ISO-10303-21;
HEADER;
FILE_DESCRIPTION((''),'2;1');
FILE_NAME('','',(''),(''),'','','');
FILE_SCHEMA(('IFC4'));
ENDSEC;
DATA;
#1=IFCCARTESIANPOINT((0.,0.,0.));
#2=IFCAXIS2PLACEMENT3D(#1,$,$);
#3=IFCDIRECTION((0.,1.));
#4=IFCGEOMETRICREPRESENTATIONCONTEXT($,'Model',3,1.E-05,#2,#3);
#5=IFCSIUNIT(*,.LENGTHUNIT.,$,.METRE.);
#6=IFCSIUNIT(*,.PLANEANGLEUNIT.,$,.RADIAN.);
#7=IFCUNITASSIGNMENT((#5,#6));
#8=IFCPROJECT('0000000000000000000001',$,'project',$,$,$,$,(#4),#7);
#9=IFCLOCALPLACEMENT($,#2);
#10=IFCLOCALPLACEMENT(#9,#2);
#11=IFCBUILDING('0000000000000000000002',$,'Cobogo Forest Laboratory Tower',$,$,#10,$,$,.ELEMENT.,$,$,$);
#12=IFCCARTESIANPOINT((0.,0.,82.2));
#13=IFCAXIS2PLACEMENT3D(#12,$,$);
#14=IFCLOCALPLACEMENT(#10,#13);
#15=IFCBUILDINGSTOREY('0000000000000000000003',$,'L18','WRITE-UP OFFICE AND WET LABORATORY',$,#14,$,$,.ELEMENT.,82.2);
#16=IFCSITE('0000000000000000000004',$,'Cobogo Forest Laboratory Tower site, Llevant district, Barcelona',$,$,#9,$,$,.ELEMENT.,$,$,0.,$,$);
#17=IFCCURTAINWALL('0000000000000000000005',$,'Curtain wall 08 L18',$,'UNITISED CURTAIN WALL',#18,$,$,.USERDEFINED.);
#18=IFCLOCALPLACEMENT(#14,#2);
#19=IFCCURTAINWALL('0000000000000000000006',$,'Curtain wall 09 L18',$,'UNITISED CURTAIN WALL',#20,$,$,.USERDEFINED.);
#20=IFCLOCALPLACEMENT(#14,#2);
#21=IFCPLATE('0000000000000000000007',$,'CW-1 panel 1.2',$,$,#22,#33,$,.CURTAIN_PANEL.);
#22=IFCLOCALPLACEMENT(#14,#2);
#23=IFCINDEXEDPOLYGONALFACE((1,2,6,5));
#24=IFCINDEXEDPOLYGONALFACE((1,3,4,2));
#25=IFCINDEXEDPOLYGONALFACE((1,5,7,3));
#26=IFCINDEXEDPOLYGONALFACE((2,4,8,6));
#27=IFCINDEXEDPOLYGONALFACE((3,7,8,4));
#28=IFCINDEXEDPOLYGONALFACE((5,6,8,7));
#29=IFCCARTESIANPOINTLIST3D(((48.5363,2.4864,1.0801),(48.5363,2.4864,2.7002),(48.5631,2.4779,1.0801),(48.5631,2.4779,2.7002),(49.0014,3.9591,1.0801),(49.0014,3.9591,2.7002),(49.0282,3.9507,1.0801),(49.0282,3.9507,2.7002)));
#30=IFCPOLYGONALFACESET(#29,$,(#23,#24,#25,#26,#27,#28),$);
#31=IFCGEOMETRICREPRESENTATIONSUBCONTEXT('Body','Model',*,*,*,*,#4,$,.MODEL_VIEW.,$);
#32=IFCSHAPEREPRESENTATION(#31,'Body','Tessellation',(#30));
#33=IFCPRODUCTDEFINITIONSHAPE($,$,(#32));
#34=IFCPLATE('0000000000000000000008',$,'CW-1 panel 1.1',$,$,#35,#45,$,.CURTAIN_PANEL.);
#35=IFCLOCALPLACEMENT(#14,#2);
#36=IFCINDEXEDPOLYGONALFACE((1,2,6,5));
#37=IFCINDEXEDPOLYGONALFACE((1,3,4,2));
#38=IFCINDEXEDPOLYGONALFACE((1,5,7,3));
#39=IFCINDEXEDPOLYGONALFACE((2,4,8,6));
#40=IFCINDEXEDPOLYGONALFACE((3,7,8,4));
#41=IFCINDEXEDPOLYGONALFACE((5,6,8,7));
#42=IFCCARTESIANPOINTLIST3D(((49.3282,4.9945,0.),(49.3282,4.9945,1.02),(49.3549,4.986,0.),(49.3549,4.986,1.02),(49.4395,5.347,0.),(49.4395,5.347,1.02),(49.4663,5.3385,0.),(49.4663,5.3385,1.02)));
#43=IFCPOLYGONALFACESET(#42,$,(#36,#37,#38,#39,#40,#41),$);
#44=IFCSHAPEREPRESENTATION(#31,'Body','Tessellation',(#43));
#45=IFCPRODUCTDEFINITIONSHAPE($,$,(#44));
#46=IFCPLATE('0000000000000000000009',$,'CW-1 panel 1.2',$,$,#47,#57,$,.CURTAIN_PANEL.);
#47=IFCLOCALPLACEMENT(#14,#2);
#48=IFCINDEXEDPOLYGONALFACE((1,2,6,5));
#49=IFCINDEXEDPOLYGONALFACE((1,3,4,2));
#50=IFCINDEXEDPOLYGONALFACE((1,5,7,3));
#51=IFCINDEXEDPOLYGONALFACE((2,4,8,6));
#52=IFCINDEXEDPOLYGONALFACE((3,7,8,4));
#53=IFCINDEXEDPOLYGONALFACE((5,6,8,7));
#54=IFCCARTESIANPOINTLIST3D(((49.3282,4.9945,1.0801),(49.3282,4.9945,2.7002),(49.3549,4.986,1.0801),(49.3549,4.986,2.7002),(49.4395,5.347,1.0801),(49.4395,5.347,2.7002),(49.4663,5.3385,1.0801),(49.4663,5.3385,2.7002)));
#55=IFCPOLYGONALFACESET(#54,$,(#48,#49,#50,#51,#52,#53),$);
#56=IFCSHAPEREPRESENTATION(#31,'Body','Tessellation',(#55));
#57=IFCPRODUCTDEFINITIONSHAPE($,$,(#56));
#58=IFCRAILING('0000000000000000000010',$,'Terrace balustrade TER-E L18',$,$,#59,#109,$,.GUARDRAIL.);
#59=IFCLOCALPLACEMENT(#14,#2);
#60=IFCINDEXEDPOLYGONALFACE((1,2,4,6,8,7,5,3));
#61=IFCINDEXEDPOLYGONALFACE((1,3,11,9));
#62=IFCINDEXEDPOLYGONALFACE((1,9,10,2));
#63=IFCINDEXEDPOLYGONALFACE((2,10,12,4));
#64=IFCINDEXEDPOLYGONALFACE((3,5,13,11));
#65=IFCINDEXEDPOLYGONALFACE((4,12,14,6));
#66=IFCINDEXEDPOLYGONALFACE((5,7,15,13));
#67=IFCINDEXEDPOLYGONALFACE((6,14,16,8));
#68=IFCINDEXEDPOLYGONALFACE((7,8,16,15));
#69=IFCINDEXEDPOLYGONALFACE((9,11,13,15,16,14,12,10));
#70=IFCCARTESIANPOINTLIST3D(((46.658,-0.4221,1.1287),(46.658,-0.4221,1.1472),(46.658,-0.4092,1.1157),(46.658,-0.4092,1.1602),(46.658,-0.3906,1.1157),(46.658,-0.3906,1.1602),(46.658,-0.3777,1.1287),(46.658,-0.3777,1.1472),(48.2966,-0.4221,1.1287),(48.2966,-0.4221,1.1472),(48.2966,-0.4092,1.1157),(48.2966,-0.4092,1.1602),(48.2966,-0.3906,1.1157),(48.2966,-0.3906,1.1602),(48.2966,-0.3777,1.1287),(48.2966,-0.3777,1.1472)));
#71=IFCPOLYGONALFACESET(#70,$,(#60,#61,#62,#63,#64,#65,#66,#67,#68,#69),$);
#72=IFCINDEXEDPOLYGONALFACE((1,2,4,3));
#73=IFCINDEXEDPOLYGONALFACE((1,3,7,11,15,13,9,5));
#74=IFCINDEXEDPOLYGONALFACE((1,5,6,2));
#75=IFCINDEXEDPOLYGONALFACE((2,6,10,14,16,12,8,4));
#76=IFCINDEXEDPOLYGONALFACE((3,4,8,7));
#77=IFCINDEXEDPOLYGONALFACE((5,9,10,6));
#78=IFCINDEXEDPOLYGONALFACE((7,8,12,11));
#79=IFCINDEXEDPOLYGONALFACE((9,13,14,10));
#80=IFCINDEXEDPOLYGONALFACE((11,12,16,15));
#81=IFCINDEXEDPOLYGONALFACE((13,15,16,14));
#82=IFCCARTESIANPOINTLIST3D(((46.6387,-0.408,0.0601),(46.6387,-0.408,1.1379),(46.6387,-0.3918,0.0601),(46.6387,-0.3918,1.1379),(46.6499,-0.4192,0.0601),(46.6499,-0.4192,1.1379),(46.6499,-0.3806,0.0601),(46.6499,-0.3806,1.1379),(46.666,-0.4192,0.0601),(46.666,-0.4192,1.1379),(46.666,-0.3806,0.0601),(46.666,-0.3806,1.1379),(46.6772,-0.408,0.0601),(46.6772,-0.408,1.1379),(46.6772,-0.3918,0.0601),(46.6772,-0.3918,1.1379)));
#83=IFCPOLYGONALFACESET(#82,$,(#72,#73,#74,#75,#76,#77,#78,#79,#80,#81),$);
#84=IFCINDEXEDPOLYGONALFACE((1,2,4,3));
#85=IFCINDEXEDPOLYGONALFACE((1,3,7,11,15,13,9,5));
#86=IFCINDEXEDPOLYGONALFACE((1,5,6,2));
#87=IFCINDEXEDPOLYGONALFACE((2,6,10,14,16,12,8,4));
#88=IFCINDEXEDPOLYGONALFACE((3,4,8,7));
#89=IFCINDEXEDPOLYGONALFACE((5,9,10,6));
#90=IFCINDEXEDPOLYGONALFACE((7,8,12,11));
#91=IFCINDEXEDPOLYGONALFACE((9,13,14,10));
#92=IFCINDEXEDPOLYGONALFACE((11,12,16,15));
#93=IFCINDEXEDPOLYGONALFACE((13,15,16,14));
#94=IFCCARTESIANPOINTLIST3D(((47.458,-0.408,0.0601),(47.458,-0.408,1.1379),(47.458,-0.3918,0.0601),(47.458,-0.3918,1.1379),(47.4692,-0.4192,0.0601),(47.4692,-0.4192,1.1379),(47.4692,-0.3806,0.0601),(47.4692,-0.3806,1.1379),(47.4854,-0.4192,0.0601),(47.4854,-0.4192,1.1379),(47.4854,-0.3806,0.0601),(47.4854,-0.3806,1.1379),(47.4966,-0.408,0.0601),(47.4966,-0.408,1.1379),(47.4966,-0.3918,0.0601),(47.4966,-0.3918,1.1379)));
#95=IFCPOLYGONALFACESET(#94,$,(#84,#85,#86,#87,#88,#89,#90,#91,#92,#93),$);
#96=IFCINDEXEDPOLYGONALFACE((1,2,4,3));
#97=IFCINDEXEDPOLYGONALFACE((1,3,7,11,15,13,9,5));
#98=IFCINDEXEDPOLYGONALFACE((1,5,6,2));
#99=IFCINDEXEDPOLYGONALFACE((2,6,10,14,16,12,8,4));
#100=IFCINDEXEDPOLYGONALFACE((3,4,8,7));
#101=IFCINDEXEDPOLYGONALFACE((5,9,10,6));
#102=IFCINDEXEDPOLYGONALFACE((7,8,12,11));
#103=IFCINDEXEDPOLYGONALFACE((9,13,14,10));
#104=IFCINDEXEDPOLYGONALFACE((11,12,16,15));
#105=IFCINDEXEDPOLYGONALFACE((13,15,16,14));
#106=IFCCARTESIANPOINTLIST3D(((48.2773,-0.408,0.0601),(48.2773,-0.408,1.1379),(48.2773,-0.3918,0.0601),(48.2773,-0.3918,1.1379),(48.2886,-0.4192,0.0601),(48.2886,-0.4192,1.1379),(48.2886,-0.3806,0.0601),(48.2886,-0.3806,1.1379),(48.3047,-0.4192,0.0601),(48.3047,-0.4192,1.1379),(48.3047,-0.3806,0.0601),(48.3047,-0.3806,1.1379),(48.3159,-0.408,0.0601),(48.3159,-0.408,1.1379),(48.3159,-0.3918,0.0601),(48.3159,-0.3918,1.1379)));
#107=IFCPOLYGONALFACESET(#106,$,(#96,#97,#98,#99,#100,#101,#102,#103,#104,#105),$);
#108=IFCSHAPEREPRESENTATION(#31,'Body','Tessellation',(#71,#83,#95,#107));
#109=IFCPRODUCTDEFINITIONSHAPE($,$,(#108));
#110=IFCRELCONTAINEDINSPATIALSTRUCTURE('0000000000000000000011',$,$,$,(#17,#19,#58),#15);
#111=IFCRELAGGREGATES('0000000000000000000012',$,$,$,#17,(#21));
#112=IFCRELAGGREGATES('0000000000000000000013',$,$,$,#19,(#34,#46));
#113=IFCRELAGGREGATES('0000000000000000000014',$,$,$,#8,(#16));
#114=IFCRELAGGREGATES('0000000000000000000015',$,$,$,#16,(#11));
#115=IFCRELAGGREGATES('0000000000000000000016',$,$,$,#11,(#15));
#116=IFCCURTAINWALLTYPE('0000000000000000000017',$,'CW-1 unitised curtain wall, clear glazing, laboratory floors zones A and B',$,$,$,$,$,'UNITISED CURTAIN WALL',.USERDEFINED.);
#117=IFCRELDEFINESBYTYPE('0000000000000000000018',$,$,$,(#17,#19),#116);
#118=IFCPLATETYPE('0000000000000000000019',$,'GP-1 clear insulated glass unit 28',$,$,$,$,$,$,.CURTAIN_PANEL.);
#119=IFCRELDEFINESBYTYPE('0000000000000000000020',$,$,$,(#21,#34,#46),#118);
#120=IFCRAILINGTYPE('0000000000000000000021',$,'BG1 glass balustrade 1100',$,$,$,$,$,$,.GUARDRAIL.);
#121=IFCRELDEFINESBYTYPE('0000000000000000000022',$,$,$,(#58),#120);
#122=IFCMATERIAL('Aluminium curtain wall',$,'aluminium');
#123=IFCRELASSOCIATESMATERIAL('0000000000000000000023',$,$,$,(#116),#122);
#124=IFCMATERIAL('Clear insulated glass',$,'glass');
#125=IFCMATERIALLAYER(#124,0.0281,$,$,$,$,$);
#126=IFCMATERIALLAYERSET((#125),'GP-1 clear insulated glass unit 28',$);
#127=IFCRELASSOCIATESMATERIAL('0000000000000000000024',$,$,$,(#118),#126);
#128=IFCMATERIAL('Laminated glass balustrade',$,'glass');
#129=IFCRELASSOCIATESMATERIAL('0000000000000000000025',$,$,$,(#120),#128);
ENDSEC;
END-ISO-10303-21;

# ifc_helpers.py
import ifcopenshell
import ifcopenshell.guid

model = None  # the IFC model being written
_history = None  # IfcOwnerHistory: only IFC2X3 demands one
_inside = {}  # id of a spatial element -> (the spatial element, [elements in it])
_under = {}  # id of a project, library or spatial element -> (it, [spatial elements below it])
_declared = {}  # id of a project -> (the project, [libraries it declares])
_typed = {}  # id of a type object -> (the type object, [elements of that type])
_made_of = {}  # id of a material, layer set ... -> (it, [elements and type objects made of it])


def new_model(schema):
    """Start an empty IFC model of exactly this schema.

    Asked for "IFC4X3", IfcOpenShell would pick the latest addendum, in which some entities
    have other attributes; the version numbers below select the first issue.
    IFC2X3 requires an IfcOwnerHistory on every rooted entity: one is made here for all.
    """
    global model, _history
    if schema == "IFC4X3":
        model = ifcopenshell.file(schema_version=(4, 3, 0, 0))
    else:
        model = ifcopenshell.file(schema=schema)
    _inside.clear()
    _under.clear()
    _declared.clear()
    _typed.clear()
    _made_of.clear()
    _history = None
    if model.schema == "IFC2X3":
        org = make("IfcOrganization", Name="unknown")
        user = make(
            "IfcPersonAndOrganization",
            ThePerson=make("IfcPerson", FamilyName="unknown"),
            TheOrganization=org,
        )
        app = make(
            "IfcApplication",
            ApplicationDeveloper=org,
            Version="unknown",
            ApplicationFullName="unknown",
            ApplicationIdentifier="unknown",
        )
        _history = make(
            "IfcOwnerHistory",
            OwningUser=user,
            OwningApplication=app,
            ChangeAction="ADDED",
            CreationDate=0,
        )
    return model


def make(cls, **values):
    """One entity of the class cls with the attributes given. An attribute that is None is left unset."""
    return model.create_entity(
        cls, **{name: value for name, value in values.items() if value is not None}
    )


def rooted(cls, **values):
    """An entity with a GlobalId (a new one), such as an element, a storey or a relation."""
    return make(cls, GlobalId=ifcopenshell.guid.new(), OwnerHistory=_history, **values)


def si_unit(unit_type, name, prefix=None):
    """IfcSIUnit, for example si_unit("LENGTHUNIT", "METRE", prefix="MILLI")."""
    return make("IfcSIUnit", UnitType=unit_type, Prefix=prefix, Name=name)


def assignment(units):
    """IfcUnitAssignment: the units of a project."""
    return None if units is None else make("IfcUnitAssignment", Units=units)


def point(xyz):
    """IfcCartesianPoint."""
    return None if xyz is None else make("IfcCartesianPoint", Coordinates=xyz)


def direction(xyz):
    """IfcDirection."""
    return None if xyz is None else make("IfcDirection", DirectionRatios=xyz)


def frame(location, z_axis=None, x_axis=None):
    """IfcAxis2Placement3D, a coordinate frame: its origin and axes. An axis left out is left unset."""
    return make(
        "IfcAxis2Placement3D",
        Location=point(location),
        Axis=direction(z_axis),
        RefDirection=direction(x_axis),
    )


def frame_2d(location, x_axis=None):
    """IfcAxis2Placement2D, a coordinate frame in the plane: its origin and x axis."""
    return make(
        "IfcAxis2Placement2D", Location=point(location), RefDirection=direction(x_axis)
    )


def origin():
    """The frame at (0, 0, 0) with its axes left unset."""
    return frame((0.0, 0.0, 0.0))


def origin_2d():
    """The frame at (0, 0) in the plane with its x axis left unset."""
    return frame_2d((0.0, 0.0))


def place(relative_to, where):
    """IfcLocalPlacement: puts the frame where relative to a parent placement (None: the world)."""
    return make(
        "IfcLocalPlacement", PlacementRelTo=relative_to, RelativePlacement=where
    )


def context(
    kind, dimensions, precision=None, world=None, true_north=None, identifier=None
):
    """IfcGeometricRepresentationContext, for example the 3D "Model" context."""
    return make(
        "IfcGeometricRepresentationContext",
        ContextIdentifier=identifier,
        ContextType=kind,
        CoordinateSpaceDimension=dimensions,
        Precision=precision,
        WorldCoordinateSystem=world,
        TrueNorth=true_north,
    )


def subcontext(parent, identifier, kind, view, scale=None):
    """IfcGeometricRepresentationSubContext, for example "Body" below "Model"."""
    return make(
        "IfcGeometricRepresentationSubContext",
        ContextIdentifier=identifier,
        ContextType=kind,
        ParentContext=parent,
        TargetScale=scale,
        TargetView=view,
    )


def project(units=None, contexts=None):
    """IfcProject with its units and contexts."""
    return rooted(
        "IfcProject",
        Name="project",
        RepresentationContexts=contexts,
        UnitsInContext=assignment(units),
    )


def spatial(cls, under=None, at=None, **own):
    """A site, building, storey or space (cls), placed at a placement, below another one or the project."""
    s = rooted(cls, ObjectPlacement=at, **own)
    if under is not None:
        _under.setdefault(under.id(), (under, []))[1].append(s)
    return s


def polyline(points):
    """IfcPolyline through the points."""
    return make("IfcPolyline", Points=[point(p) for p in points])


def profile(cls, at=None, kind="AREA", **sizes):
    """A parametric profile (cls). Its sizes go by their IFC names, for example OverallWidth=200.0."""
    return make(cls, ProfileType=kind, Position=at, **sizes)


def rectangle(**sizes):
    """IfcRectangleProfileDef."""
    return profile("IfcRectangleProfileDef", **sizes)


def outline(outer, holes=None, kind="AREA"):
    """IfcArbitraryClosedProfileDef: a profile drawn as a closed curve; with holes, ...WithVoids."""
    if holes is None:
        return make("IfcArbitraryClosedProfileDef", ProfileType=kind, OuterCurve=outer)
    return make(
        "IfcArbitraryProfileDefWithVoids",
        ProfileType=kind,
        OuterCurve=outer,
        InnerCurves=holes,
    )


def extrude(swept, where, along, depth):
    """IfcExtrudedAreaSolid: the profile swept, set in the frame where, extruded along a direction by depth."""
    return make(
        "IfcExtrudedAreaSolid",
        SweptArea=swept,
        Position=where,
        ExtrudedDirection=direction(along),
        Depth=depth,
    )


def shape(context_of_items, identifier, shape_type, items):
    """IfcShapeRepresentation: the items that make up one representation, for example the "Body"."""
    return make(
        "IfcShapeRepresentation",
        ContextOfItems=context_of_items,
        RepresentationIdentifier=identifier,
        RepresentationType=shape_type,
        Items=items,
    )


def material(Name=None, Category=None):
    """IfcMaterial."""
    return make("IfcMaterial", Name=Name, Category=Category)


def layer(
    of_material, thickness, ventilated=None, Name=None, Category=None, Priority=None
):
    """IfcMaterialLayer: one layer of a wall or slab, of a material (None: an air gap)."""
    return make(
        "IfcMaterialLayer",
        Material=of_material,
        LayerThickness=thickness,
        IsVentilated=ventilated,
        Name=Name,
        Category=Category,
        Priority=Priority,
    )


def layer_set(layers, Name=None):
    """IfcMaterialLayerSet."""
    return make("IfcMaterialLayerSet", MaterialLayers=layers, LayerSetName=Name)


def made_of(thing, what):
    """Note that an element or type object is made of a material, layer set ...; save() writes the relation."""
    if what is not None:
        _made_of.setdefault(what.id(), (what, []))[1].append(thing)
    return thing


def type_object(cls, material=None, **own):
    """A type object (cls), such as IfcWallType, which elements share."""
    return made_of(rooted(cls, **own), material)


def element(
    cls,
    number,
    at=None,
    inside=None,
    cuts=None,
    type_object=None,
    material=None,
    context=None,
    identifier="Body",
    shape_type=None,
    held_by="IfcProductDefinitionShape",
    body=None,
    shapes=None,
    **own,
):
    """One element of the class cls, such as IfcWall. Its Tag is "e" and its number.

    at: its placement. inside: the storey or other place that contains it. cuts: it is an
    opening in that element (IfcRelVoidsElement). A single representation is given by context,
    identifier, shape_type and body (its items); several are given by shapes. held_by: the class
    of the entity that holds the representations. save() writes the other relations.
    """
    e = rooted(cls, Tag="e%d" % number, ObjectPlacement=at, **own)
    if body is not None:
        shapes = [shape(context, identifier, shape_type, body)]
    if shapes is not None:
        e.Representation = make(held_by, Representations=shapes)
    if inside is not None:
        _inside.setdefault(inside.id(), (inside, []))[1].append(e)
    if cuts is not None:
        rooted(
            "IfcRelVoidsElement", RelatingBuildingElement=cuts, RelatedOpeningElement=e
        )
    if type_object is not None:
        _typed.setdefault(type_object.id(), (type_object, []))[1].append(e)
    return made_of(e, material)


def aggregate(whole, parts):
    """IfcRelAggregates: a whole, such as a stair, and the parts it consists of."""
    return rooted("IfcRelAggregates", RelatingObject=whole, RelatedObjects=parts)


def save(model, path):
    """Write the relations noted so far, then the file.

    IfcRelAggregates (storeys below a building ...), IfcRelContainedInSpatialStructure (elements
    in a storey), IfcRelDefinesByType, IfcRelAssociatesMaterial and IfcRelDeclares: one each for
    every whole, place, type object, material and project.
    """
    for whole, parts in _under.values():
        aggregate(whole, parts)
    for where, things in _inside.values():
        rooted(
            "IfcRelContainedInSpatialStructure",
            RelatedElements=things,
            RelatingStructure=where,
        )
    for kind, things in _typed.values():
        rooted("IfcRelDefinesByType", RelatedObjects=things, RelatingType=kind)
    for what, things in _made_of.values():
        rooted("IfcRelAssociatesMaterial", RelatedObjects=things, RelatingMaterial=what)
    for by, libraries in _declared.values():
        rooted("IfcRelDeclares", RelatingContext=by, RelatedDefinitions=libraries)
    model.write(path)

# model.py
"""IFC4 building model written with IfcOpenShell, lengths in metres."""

from ifc_helpers import new_model, si_unit, direction, frame, origin, origin_2d, place, context, subcontext, project, spatial, polyline, rectangle, outline, extrude, material, layer, layer_set, type_object, element, aggregate, save


model = new_model("IFC4")

# Units and contexts
model_context = context("Model", 3, precision=1e-05, world=origin(), true_north=direction((0.0, 1.0)))
body_context = subcontext(model_context, "Body", "Model", "MODEL_VIEW")
ifc_project = project(units=[si_unit("LENGTHUNIT", "METRE"), si_unit("PLANEANGLEUNIT", "RADIAN")], contexts=[model_context])

# Site, building, storey
site_placement = place(None, origin())
site = spatial("IfcSite", under=ifc_project, at=site_placement, Name="Cobogo Forest Laboratory Tower site, Llevant district, Barcelona", CompositionType="ELEMENT", RefElevation=0.0)
building_placement = place(site_placement, origin())
building = spatial("IfcBuilding", under=site, at=building_placement, Name="Cobogo Forest Laboratory Tower", CompositionType="ELEMENT")
storey_placement = place(building_placement, frame((0.0, 0.0, 82.2)))
storey = spatial("IfcBuildingStorey", under=building, at=storey_placement, Name="L18", Description="WRITE-UP OFFICE AND WET LABORATORY", CompositionType="ELEMENT", Elevation=82.2)

# Curtain walls
ifc_material_1 = material(Name="Aluminium curtain wall", Category="aluminium")
curtain_wall_type = type_object("IfcCurtainWallType", Name="CW-1 unitised curtain wall, clear glazing, laboratory floors zones A and B", ElementType="UNITISED CURTAIN WALL", PredefinedType="USERDEFINED", material=ifc_material_1)
curtain_wall_1_placement = place(storey_placement, origin())
curtain_wall_1 = element("IfcCurtainWall", 1, at=curtain_wall_1_placement, inside=storey, type_object=curtain_wall_type, Name="Curtain wall 08 L18", ObjectType="UNITISED CURTAIN WALL", PredefinedType="USERDEFINED")
curtain_wall_2_placement = place(storey_placement, origin())
curtain_wall_2 = element("IfcCurtainWall", 2, at=curtain_wall_2_placement, inside=storey, type_object=curtain_wall_type, Name="Curtain wall 09 L18", ObjectType="UNITISED CURTAIN WALL", PredefinedType="USERDEFINED")

# Plates
ifc_material_2 = material(Name="Clear insulated glass", Category="glass")
ifc_layer = layer(ifc_material_2, 0.0281)
ifc_layer_set = layer_set([ifc_layer], Name="GP-1 clear insulated glass unit 28")
plate_type = type_object("IfcPlateType", Name="GP-1 clear insulated glass unit 28", PredefinedType="CURTAIN_PANEL", material=ifc_layer_set)
plate_1_placement = place(storey_placement, frame((48.7822, 3.2185, 1.0801), z_axis=(0.0, 0.0, 1.0), x_axis=(0.301135, 0.953581, 0.0)))
plate_1 = element("IfcPlate", 3, at=plate_1_placement, type_object=plate_type, Name="CW-1 panel 1.2", PredefinedType="CURTAIN_PANEL", context=body_context, shape_type="SweptSolid", body=[
    extrude(rectangle(XDim=1.5444, YDim=0.0281, at=origin_2d()), origin(), (0.0, 0.0, 1.0), 1.6201),
])
aggregate(curtain_wall_1, [plate_1])
plate_2_placement = place(storey_placement, frame((49.3972, 5.1665, 0.0), z_axis=(0.0, 0.0, 1.0), x_axis=(0.301135, 0.953582, 0.0)))
plate_2 = element("IfcPlate", 4, at=plate_2_placement, type_object=plate_type, Name="CW-1 panel 1.1", PredefinedType="CURTAIN_PANEL", context=body_context, shape_type="SweptSolid", body=[
    extrude(rectangle(XDim=0.3696, YDim=0.0281, at=origin_2d()), origin(), (0.0, 0.0, 1.0), 1.02),
])
plate_3_placement = place(storey_placement, frame((49.3972, 5.1665, 1.0801), z_axis=(0.0, 0.0, 1.0), x_axis=(0.301135, 0.953582, 0.0)))
plate_3 = element("IfcPlate", 5, at=plate_3_placement, type_object=plate_type, Name="CW-1 panel 1.2", PredefinedType="CURTAIN_PANEL", context=body_context, shape_type="SweptSolid", body=[
    extrude(rectangle(XDim=0.3696, YDim=0.0281, at=origin_2d()), origin(), (0.0, 0.0, 1.0), 1.6201),
])
aggregate(curtain_wall_2, [plate_2, plate_3])

# Railing
ifc_material_3 = material(Name="Laminated glass balustrade", Category="glass")
railing_type = type_object("IfcRailingType", Name="BG1 glass balustrade 1100", PredefinedType="GUARDRAIL", material=ifc_material_3)
railing_1_placement = place(storey_placement, frame((46.658, -0.3999, 0.0601)))
element("IfcRailing", 6, at=railing_1_placement, inside=storey, type_object=railing_type, Name="Terrace balustrade TER-E L18", PredefinedType="GUARDRAIL", context=body_context, shape_type="SweptSolid", body=[
    extrude(outline(polyline([(0.0222, 0.0093), (0.0093, 0.0222), (-0.0093, 0.0222), (-0.0222, 0.0093), (-0.0222, -0.0093), (-0.0093, -0.0222), (0.0093, -0.0222), (0.0222, -0.0093), (0.0222, 0.0093)])), frame((0.0, 0.0, 1.0779), z_axis=(1.0, 0.0, 0.0), x_axis=(0.0, 1.0, 0.0)), (0.0, 0.0, 1.0), 1.6387),
    extrude(outline(polyline([(0.0193, 0.0081), (0.0081, 0.0193), (-0.0081, 0.0193), (-0.0193, 0.0081), (-0.0193, -0.0081), (-0.0081, -0.0193), (0.0081, -0.0193), (0.0193, -0.0081), (0.0193, 0.0081)])), origin(), (0.0, 0.0, 1.0), 1.0779),
    extrude(outline(polyline([(0.0193, 0.0081), (0.0081, 0.0193), (-0.0081, 0.0193), (-0.0193, 0.0081), (-0.0193, -0.0081), (-0.0081, -0.0193), (0.0081, -0.0193), (0.0193, -0.0081), (0.0193, 0.0081)])), frame((0.8193, 0.0, 0.0)), (0.0, 0.0, 1.0), 1.0779),
    extrude(outline(polyline([(0.0193, 0.0081), (0.0081, 0.0193), (-0.0081, 0.0193), (-0.0193, 0.0081), (-0.0193, -0.0081), (-0.0081, -0.0193), (0.0081, -0.0193), (0.0193, -0.0081), (0.0193, 0.0081)])), frame((1.6387, 0.0, 0.0)), (0.0, 0.0, 1.0), 1.0779),
])

save(model, "model.ifc")
